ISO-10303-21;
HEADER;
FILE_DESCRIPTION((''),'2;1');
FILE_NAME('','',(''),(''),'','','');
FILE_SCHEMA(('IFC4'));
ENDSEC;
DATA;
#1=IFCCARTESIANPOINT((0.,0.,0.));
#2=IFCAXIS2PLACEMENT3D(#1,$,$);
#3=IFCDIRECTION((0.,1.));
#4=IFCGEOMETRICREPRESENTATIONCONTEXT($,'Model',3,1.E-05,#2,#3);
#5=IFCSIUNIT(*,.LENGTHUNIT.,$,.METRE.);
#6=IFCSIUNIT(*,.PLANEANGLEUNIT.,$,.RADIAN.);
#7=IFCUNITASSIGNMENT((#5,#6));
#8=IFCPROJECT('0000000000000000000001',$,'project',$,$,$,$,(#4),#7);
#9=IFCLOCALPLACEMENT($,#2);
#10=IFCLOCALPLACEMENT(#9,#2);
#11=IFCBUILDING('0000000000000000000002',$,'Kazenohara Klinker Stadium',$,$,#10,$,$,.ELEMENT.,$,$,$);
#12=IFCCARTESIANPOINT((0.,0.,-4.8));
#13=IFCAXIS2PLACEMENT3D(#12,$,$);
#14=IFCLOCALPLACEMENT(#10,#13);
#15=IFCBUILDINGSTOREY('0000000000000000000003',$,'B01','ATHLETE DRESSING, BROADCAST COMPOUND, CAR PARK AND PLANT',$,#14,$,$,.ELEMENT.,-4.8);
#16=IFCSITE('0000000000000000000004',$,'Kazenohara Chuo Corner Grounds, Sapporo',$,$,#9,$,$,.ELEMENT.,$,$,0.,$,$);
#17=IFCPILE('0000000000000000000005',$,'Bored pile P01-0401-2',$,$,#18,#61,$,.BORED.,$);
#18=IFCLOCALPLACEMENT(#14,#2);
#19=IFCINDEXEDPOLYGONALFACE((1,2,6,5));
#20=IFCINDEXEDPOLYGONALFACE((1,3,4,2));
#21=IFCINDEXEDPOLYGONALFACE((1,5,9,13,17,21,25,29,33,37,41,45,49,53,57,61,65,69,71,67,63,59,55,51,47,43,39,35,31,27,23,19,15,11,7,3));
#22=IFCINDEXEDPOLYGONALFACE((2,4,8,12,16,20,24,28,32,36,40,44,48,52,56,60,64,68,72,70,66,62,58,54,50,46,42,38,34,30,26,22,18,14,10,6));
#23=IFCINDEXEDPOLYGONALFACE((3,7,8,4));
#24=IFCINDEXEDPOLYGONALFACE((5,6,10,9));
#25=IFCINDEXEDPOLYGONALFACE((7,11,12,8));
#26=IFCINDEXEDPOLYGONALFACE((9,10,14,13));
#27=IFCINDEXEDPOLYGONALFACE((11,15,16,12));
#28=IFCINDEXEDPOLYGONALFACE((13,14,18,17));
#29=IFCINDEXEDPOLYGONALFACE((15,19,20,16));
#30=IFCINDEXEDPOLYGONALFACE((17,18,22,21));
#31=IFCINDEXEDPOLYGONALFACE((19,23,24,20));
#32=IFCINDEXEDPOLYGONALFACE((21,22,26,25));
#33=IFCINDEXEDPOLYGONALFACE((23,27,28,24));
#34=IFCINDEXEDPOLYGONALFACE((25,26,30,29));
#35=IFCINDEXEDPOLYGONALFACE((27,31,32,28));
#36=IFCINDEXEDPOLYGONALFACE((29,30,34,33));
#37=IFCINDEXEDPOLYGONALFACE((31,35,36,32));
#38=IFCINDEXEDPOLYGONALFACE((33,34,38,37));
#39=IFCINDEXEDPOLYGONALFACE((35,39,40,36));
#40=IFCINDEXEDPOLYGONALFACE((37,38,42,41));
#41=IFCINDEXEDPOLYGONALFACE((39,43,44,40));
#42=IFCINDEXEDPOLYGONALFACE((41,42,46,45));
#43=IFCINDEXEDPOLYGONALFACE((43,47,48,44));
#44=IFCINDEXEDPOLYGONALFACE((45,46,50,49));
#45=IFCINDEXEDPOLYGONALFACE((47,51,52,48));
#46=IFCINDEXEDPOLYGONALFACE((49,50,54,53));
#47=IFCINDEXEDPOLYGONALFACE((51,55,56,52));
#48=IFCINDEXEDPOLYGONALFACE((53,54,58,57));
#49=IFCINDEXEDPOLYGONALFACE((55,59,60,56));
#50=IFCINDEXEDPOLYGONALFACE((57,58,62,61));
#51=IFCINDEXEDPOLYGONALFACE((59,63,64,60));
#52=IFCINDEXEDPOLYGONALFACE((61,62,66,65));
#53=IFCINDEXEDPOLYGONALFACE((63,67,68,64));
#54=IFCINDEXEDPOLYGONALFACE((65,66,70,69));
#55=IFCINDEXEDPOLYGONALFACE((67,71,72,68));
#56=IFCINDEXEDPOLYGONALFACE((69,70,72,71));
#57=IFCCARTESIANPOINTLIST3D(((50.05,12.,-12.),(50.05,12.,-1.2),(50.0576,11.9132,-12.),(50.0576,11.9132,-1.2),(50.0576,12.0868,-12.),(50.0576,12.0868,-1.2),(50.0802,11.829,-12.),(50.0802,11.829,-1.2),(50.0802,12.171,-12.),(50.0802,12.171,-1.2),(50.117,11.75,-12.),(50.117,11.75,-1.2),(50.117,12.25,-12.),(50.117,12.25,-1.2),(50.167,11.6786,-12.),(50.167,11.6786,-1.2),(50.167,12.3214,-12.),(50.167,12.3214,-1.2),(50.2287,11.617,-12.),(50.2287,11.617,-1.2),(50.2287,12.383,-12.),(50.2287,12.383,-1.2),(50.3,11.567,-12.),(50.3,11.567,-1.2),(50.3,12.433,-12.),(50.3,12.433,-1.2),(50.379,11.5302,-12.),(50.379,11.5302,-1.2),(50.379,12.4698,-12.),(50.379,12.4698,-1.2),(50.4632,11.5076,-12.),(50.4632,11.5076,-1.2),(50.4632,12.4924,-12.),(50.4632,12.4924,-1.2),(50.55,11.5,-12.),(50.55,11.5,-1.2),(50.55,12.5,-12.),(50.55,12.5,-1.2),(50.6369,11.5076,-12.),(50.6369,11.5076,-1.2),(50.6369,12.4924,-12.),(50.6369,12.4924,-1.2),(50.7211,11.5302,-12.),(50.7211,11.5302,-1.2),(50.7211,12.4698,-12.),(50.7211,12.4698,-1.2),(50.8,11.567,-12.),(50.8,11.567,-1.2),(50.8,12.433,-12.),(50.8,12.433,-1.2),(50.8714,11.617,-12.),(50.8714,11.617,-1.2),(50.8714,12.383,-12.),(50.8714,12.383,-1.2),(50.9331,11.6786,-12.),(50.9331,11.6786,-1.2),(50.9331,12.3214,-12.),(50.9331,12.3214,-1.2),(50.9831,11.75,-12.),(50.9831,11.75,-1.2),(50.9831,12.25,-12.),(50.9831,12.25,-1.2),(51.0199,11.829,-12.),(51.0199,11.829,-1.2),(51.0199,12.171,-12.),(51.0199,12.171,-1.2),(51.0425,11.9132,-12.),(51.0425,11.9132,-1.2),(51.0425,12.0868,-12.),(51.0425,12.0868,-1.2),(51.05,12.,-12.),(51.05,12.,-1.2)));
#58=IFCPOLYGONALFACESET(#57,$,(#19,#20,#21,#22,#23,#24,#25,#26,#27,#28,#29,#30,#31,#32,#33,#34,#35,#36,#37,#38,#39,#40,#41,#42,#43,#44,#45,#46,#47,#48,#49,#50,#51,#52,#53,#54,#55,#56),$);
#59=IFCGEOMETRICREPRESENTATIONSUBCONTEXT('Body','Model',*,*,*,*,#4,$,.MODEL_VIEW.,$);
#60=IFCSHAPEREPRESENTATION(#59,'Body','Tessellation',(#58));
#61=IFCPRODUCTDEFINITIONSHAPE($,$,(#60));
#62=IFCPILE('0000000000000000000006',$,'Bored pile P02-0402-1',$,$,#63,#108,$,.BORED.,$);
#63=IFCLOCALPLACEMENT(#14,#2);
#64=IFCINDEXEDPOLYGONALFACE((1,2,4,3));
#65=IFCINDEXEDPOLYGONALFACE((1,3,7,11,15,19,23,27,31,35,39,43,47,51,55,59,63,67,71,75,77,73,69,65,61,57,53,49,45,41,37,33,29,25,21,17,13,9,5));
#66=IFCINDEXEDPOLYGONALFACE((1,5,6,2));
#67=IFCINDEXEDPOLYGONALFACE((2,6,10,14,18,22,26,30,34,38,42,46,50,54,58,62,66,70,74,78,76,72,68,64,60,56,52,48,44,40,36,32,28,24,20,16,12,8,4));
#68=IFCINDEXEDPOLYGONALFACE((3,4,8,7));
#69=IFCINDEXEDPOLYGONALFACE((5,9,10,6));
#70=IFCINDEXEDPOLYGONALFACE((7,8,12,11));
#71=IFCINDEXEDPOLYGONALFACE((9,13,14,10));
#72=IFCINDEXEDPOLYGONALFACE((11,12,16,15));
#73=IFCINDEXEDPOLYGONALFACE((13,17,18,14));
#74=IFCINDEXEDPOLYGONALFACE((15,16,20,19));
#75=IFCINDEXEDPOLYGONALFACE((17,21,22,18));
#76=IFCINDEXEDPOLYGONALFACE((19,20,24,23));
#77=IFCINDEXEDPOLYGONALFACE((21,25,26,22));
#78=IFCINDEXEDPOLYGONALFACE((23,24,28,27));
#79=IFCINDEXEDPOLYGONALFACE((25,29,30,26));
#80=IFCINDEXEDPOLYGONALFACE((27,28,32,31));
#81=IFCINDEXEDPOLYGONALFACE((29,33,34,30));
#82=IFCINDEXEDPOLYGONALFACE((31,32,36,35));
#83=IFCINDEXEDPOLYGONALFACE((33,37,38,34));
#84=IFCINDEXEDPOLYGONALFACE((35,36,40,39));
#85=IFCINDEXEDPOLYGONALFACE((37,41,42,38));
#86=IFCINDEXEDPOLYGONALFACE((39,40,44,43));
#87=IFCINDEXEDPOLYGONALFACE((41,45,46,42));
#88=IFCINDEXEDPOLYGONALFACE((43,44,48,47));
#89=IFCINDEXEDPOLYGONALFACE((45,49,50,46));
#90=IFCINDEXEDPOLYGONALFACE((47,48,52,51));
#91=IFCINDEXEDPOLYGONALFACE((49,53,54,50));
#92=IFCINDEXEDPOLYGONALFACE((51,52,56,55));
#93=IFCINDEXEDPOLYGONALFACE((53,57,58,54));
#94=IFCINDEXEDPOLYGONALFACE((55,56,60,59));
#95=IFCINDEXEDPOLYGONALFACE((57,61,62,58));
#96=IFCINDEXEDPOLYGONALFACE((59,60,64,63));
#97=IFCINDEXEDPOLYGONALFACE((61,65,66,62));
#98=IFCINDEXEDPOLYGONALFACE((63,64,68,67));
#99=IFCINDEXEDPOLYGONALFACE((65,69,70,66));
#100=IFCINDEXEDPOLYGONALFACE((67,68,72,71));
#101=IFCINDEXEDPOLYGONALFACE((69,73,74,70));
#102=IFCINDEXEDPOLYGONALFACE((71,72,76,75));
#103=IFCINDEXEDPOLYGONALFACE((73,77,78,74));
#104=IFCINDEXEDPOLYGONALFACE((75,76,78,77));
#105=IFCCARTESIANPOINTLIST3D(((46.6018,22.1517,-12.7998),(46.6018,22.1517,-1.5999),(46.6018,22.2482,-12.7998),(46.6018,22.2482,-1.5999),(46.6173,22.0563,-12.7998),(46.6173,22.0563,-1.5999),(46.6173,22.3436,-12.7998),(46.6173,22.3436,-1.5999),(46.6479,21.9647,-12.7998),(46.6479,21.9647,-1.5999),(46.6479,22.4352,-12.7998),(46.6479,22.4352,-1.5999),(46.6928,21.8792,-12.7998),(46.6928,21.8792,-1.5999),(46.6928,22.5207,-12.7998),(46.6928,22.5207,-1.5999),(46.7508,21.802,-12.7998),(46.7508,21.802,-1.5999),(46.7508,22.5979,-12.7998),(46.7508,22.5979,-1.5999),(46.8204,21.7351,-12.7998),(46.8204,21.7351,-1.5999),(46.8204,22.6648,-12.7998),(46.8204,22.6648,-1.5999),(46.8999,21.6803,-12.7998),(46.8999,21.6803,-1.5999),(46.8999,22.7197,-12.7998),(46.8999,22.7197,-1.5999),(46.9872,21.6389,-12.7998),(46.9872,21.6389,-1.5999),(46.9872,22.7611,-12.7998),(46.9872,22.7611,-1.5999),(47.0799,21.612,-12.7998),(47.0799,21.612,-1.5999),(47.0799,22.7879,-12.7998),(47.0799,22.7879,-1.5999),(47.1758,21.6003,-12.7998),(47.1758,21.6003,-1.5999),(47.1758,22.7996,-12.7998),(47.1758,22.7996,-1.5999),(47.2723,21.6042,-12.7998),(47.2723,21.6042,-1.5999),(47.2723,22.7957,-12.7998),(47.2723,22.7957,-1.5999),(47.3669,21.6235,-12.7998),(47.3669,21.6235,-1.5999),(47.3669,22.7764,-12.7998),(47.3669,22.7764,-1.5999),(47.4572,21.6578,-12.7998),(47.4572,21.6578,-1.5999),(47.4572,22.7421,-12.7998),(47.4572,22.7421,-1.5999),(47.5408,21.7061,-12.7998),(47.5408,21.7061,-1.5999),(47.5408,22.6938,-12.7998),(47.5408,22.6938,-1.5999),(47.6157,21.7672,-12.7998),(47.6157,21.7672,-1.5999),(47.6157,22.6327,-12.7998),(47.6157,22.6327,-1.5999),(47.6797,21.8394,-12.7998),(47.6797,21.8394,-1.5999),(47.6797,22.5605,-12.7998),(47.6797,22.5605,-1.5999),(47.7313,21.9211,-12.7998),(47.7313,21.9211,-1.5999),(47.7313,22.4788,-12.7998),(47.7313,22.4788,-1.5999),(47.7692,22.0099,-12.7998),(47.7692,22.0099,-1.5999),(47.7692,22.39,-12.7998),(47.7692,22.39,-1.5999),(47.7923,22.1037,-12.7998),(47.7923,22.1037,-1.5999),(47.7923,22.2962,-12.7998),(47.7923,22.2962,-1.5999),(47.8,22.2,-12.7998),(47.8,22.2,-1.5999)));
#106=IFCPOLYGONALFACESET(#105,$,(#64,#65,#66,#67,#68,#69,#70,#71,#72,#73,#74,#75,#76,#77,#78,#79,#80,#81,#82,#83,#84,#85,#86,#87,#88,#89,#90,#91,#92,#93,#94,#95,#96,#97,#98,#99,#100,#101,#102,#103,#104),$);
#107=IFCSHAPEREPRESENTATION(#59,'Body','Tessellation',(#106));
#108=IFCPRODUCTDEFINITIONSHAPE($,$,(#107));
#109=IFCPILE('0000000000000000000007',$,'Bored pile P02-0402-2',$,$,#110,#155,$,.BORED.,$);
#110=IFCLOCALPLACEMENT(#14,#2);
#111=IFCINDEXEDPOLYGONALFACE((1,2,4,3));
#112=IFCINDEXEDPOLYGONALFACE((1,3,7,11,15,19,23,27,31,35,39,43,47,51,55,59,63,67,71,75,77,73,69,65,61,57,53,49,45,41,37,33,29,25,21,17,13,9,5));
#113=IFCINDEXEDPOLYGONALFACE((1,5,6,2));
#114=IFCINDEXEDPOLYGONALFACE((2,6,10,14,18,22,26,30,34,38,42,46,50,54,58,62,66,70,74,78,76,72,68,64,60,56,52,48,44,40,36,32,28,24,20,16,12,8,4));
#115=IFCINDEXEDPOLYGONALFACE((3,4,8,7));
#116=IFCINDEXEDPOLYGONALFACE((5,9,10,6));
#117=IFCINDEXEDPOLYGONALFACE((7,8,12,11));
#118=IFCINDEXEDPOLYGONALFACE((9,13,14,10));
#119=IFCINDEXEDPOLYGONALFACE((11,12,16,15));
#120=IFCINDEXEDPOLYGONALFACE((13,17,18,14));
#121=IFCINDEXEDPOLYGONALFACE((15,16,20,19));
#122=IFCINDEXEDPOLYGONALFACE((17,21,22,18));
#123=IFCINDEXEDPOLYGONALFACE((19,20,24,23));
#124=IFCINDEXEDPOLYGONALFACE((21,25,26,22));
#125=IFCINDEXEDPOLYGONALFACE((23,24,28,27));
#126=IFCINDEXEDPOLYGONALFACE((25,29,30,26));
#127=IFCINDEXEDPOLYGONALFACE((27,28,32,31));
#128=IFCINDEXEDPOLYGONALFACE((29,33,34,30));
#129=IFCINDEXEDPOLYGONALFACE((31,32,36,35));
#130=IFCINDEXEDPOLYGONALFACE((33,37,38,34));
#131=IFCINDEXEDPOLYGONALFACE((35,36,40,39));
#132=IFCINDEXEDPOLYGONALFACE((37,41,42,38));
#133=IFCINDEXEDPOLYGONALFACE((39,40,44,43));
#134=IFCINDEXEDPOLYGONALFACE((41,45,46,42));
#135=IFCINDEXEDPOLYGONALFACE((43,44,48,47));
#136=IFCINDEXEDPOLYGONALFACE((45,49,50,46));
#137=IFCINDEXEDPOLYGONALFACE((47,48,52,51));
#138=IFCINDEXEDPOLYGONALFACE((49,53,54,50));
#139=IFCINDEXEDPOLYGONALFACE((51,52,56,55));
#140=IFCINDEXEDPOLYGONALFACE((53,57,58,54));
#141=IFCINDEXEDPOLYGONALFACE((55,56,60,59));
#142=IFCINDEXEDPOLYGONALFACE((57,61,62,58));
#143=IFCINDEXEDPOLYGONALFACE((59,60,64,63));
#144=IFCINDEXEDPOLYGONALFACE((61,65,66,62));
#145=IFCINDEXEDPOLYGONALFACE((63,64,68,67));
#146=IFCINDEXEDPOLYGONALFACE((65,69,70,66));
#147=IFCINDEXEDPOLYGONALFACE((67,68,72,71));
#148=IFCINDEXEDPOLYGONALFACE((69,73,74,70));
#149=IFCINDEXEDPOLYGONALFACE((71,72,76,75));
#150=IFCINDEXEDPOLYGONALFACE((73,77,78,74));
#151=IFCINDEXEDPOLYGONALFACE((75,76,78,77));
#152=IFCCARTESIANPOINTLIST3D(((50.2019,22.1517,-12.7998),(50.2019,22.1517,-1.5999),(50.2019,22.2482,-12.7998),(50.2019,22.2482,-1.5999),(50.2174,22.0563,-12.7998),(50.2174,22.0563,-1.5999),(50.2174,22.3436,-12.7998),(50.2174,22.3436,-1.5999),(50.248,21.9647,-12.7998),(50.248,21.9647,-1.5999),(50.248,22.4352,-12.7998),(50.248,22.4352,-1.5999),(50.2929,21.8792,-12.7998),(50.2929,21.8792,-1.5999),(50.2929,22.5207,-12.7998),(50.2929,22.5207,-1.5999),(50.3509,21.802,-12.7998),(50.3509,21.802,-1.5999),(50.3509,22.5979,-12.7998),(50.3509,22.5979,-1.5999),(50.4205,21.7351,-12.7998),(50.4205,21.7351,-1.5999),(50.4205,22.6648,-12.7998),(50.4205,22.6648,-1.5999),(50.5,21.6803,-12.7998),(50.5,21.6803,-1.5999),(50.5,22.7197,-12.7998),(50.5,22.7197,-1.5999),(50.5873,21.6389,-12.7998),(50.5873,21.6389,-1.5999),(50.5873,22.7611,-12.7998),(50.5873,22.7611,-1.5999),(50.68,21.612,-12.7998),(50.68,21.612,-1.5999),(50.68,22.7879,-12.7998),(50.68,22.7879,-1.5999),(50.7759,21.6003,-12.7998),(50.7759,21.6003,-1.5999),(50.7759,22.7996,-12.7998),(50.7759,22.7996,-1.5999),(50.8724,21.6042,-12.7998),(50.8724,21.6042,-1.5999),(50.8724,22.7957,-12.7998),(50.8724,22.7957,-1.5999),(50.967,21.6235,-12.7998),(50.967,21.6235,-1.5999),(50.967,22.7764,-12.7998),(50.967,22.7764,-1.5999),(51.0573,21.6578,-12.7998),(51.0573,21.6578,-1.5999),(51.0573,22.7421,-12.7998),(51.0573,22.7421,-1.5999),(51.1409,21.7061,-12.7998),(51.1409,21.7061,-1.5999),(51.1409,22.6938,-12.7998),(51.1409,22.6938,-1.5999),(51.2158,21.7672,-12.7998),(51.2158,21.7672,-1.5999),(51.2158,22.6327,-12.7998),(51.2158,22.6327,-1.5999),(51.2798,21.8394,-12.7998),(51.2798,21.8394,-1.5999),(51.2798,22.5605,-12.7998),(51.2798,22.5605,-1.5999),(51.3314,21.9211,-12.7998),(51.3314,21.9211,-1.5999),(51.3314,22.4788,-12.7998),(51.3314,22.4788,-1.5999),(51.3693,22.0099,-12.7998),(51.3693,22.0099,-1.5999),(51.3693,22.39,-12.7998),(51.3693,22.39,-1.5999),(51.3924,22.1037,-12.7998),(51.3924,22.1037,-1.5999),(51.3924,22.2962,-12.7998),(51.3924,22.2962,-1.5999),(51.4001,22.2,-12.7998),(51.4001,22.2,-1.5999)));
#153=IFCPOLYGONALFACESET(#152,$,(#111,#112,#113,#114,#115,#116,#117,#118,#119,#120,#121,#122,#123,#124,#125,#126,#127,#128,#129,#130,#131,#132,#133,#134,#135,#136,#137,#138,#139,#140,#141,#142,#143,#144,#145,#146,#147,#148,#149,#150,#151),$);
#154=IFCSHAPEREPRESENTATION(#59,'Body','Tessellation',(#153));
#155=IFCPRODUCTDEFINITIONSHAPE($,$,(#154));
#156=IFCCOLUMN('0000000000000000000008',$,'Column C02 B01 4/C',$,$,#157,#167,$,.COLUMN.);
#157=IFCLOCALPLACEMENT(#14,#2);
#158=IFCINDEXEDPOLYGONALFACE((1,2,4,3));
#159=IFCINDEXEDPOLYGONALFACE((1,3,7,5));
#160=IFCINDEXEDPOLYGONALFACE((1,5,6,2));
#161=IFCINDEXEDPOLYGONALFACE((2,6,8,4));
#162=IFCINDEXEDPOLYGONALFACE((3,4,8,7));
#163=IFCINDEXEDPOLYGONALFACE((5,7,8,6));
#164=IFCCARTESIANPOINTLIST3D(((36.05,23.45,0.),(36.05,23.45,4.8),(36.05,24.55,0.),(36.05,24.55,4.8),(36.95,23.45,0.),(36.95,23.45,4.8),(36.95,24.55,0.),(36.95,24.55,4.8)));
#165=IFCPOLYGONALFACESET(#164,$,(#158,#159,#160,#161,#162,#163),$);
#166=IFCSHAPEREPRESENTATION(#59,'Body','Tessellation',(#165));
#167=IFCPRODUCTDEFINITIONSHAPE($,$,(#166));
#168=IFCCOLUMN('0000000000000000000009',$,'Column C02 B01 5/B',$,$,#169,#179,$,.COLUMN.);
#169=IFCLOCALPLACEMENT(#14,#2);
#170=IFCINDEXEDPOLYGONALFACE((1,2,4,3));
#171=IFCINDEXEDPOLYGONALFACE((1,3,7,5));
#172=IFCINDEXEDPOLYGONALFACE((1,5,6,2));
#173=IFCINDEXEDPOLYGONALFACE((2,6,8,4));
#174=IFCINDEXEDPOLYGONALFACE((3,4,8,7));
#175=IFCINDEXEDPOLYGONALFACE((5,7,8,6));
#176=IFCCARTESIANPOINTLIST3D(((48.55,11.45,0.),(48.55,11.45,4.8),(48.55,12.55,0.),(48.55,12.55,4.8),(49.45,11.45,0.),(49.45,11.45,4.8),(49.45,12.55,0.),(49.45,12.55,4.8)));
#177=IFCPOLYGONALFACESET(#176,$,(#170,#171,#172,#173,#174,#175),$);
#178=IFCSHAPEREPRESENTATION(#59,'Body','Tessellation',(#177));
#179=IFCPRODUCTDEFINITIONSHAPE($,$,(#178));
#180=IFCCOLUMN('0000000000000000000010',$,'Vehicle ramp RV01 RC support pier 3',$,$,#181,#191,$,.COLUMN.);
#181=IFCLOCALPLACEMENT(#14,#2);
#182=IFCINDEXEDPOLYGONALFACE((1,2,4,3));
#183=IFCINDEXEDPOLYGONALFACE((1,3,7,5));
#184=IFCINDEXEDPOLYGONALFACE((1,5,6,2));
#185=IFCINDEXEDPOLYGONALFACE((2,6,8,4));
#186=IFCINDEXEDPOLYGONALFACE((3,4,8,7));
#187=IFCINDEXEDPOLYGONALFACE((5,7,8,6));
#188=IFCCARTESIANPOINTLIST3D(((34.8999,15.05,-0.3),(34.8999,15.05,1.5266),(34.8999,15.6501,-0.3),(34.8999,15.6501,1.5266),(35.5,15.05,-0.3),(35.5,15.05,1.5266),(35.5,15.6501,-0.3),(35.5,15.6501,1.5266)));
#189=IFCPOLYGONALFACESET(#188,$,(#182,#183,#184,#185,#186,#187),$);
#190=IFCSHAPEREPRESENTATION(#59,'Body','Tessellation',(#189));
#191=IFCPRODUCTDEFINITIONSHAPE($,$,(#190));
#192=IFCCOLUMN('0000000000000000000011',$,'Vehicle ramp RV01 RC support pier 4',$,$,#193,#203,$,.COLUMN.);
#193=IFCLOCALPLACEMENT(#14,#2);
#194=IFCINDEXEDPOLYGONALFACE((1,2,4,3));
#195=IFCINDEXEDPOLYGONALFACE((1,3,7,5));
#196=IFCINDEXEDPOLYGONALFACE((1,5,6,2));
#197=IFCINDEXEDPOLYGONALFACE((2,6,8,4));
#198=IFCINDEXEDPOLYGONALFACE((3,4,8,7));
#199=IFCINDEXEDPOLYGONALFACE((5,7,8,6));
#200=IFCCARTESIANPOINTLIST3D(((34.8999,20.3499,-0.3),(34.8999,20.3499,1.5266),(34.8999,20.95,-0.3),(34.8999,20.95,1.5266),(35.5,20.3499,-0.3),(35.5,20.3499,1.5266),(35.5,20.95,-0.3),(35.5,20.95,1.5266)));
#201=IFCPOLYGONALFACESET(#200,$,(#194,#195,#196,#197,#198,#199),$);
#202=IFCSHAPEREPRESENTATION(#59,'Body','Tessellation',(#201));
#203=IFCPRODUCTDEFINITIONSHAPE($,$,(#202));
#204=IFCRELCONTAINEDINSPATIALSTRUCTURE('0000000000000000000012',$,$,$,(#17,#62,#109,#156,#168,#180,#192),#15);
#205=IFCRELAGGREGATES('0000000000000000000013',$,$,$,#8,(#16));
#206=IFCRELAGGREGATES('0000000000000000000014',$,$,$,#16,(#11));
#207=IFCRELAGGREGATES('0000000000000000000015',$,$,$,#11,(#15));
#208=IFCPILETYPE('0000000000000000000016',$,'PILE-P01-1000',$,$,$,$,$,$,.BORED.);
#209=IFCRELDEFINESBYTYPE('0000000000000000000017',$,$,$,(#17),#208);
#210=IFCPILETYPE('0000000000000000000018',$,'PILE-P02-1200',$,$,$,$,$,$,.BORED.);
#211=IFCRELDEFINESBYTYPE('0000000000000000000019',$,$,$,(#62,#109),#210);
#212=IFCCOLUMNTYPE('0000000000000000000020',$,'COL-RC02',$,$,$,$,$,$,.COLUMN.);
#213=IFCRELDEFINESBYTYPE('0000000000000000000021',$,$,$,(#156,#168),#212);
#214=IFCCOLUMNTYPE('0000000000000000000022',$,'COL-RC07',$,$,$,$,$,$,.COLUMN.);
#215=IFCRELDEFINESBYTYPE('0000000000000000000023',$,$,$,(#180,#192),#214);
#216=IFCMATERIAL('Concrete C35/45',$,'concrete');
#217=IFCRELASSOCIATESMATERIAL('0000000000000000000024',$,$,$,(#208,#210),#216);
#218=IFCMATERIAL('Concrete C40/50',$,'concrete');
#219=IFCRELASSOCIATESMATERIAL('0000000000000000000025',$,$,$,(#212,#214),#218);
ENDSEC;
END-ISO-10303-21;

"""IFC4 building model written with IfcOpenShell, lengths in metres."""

from ifc_helpers import new_model, si_unit, direction, frame, origin, origin_2d, place, context, subcontext, project, spatial, rectangle, circle, extrude, material, material_profile, profile_set, type_object, element, save


model = new_model("IFC4")

# Units and contexts
model_context = context("Model", 3, precision=1e-05, world=origin(), true_north=direction((0.0, 1.0)))
body_context = subcontext(model_context, "Body", "Model", "MODEL_VIEW")
ifc_project = project(units=[si_unit("LENGTHUNIT", "METRE"), si_unit("PLANEANGLEUNIT", "RADIAN")], contexts=[model_context])

# Site, building, storey
site_placement = place(None, origin())
site = spatial("IfcSite", under=ifc_project, at=site_placement, Name="Kazenohara Chuo Corner Grounds, Sapporo", CompositionType="ELEMENT", RefElevation=0.0)
building_placement = place(site_placement, origin())
building = spatial("IfcBuilding", under=site, at=building_placement, Name="Kazenohara Klinker Stadium", CompositionType="ELEMENT")
storey_placement = place(building_placement, frame((0.0, 0.0, -4.8)))
storey = spatial("IfcBuildingStorey", under=building, at=storey_placement, Name="B01", Description="ATHLETE DRESSING, BROADCAST COMPOUND, CAR PARK AND PLANT", CompositionType="ELEMENT", Elevation=-4.8)

# Shared definitions
ifc_material_1 = material(Name="Concrete C35/45", Category="concrete")

# Piles
ifc_material_profile_1 = material_profile(ifc_material_1, circle(Radius=0.5, at=origin_2d()), Name="BORED-PILE-1000")
ifc_profile_set_1 = profile_set([ifc_material_profile_1], Name="Concrete C35/45")
pile_type_1 = type_object("IfcPileType", Name="PILE-P01-1000", PredefinedType="BORED", material=ifc_profile_set_1)
for number, where, z_axis, x_axis, name in (
    (1, (50.55, 12.0, -1.2), (0.0, 0.0, -1.0), (1.0, 0.0, 0.0), "Bored pile P01-0401-2"),
):
    element("IfcPile", number, at=place(storey_placement, frame(where, z_axis=z_axis, x_axis=x_axis)), inside=storey, type_object=pile_type_1, Name=name, PredefinedType="BORED", context=body_context, shape_type="SweptSolid", body=[
        extrude(circle(Radius=0.5, at=origin_2d()), origin(), (0.0, 0.0, 1.0), 10.8),
    ])
ifc_material_profile_2 = material_profile(ifc_material_1, circle(Radius=0.6001, at=origin_2d()), Name="BORED-PILE-1200")
ifc_profile_set_2 = profile_set([ifc_material_profile_2], Name="Concrete C35/45")
pile_type_2 = type_object("IfcPileType", Name="PILE-P02-1200", PredefinedType="BORED", material=ifc_profile_set_2)
for number, where, z_axis, x_axis, name in (
    (2, (47.2, 22.2, -1.5999), (0.0, 0.0, -1.0), (1.0, 0.0, 0.0), "Bored pile P02-0402-1"),
    (3, (50.8, 22.2, -1.5999), (0.0, 0.0, -1.0), (1.0, 0.0, 0.0), "Bored pile P02-0402-2"),
):
    element("IfcPile", number, at=place(storey_placement, frame(where, z_axis=z_axis, x_axis=x_axis)), inside=storey, type_object=pile_type_2, Name=name, PredefinedType="BORED", context=body_context, shape_type="SweptSolid", body=[
        extrude(circle(Radius=0.6001, at=origin_2d()), origin(), (0.0, 0.0, 1.0), 11.2),
    ])

# Columns
ifc_material_2 = material(Name="Concrete C40/50", Category="concrete")
ifc_material_profile_3 = material_profile(ifc_material_2, rectangle(XDim=0.8999, YDim=1.1001, at=origin_2d()), Name="RC-COL-1100x900")
ifc_profile_set_3 = profile_set([ifc_material_profile_3], Name="Concrete C40/50")
column_type_1 = type_object("IfcColumnType", Name="COL-RC02", PredefinedType="COLUMN", material=ifc_profile_set_3)
for number, where, z_axis, x_axis, name in (
    (4, (36.5, 24.0, 0.0), (0.0, 0.0, 1.0), (1.0, 0.0, 0.0), "Column C02 B01 4/C"),
    (5, (49.0, 12.0, 0.0), (0.0, 0.0, 1.0), (1.0, 0.0, 0.0), "Column C02 B01 5/B"),
):
    element("IfcColumn", number, at=place(storey_placement, frame(where, z_axis=z_axis, x_axis=x_axis)), inside=storey, type_object=column_type_1, Name=name, PredefinedType="COLUMN", context=body_context, shape_type="SweptSolid", body=[
        extrude(rectangle(XDim=0.8999, YDim=1.1001, at=origin_2d()), origin(), (0.0, 0.0, 1.0), 4.8),
    ])
ifc_material_profile_4 = material_profile(ifc_material_2, rectangle(XDim=0.6001, YDim=0.6001, at=origin_2d()), Name="RC-COL-600x600")
ifc_profile_set_4 = profile_set([ifc_material_profile_4], Name="Concrete C40/50")
column_type_2 = type_object("IfcColumnType", Name="COL-RC07", PredefinedType="COLUMN", material=ifc_profile_set_4)
for number, where, z_axis, x_axis, name in (
    (6, (35.2, 15.3501, -0.3), (0.0, 0.0, 1.0), (1.0, 0.0, 0.0), "Vehicle ramp RV01 RC support pier 3"),
    (7, (35.2, 20.6499, -0.3), (0.0, 0.0, 1.0), (1.0, 0.0, 0.0), "Vehicle ramp RV01 RC support pier 4"),
):
    element("IfcColumn", number, at=place(storey_placement, frame(where, z_axis=z_axis, x_axis=x_axis)), inside=storey, type_object=column_type_2, Name=name, PredefinedType="COLUMN", context=body_context, shape_type="SweptSolid", body=[
        extrude(rectangle(XDim=0.6001, YDim=0.6001, at=origin_2d()), origin(), (0.0, 0.0, 1.0), 1.8267),
    ])

save(model, "model.ifc")
